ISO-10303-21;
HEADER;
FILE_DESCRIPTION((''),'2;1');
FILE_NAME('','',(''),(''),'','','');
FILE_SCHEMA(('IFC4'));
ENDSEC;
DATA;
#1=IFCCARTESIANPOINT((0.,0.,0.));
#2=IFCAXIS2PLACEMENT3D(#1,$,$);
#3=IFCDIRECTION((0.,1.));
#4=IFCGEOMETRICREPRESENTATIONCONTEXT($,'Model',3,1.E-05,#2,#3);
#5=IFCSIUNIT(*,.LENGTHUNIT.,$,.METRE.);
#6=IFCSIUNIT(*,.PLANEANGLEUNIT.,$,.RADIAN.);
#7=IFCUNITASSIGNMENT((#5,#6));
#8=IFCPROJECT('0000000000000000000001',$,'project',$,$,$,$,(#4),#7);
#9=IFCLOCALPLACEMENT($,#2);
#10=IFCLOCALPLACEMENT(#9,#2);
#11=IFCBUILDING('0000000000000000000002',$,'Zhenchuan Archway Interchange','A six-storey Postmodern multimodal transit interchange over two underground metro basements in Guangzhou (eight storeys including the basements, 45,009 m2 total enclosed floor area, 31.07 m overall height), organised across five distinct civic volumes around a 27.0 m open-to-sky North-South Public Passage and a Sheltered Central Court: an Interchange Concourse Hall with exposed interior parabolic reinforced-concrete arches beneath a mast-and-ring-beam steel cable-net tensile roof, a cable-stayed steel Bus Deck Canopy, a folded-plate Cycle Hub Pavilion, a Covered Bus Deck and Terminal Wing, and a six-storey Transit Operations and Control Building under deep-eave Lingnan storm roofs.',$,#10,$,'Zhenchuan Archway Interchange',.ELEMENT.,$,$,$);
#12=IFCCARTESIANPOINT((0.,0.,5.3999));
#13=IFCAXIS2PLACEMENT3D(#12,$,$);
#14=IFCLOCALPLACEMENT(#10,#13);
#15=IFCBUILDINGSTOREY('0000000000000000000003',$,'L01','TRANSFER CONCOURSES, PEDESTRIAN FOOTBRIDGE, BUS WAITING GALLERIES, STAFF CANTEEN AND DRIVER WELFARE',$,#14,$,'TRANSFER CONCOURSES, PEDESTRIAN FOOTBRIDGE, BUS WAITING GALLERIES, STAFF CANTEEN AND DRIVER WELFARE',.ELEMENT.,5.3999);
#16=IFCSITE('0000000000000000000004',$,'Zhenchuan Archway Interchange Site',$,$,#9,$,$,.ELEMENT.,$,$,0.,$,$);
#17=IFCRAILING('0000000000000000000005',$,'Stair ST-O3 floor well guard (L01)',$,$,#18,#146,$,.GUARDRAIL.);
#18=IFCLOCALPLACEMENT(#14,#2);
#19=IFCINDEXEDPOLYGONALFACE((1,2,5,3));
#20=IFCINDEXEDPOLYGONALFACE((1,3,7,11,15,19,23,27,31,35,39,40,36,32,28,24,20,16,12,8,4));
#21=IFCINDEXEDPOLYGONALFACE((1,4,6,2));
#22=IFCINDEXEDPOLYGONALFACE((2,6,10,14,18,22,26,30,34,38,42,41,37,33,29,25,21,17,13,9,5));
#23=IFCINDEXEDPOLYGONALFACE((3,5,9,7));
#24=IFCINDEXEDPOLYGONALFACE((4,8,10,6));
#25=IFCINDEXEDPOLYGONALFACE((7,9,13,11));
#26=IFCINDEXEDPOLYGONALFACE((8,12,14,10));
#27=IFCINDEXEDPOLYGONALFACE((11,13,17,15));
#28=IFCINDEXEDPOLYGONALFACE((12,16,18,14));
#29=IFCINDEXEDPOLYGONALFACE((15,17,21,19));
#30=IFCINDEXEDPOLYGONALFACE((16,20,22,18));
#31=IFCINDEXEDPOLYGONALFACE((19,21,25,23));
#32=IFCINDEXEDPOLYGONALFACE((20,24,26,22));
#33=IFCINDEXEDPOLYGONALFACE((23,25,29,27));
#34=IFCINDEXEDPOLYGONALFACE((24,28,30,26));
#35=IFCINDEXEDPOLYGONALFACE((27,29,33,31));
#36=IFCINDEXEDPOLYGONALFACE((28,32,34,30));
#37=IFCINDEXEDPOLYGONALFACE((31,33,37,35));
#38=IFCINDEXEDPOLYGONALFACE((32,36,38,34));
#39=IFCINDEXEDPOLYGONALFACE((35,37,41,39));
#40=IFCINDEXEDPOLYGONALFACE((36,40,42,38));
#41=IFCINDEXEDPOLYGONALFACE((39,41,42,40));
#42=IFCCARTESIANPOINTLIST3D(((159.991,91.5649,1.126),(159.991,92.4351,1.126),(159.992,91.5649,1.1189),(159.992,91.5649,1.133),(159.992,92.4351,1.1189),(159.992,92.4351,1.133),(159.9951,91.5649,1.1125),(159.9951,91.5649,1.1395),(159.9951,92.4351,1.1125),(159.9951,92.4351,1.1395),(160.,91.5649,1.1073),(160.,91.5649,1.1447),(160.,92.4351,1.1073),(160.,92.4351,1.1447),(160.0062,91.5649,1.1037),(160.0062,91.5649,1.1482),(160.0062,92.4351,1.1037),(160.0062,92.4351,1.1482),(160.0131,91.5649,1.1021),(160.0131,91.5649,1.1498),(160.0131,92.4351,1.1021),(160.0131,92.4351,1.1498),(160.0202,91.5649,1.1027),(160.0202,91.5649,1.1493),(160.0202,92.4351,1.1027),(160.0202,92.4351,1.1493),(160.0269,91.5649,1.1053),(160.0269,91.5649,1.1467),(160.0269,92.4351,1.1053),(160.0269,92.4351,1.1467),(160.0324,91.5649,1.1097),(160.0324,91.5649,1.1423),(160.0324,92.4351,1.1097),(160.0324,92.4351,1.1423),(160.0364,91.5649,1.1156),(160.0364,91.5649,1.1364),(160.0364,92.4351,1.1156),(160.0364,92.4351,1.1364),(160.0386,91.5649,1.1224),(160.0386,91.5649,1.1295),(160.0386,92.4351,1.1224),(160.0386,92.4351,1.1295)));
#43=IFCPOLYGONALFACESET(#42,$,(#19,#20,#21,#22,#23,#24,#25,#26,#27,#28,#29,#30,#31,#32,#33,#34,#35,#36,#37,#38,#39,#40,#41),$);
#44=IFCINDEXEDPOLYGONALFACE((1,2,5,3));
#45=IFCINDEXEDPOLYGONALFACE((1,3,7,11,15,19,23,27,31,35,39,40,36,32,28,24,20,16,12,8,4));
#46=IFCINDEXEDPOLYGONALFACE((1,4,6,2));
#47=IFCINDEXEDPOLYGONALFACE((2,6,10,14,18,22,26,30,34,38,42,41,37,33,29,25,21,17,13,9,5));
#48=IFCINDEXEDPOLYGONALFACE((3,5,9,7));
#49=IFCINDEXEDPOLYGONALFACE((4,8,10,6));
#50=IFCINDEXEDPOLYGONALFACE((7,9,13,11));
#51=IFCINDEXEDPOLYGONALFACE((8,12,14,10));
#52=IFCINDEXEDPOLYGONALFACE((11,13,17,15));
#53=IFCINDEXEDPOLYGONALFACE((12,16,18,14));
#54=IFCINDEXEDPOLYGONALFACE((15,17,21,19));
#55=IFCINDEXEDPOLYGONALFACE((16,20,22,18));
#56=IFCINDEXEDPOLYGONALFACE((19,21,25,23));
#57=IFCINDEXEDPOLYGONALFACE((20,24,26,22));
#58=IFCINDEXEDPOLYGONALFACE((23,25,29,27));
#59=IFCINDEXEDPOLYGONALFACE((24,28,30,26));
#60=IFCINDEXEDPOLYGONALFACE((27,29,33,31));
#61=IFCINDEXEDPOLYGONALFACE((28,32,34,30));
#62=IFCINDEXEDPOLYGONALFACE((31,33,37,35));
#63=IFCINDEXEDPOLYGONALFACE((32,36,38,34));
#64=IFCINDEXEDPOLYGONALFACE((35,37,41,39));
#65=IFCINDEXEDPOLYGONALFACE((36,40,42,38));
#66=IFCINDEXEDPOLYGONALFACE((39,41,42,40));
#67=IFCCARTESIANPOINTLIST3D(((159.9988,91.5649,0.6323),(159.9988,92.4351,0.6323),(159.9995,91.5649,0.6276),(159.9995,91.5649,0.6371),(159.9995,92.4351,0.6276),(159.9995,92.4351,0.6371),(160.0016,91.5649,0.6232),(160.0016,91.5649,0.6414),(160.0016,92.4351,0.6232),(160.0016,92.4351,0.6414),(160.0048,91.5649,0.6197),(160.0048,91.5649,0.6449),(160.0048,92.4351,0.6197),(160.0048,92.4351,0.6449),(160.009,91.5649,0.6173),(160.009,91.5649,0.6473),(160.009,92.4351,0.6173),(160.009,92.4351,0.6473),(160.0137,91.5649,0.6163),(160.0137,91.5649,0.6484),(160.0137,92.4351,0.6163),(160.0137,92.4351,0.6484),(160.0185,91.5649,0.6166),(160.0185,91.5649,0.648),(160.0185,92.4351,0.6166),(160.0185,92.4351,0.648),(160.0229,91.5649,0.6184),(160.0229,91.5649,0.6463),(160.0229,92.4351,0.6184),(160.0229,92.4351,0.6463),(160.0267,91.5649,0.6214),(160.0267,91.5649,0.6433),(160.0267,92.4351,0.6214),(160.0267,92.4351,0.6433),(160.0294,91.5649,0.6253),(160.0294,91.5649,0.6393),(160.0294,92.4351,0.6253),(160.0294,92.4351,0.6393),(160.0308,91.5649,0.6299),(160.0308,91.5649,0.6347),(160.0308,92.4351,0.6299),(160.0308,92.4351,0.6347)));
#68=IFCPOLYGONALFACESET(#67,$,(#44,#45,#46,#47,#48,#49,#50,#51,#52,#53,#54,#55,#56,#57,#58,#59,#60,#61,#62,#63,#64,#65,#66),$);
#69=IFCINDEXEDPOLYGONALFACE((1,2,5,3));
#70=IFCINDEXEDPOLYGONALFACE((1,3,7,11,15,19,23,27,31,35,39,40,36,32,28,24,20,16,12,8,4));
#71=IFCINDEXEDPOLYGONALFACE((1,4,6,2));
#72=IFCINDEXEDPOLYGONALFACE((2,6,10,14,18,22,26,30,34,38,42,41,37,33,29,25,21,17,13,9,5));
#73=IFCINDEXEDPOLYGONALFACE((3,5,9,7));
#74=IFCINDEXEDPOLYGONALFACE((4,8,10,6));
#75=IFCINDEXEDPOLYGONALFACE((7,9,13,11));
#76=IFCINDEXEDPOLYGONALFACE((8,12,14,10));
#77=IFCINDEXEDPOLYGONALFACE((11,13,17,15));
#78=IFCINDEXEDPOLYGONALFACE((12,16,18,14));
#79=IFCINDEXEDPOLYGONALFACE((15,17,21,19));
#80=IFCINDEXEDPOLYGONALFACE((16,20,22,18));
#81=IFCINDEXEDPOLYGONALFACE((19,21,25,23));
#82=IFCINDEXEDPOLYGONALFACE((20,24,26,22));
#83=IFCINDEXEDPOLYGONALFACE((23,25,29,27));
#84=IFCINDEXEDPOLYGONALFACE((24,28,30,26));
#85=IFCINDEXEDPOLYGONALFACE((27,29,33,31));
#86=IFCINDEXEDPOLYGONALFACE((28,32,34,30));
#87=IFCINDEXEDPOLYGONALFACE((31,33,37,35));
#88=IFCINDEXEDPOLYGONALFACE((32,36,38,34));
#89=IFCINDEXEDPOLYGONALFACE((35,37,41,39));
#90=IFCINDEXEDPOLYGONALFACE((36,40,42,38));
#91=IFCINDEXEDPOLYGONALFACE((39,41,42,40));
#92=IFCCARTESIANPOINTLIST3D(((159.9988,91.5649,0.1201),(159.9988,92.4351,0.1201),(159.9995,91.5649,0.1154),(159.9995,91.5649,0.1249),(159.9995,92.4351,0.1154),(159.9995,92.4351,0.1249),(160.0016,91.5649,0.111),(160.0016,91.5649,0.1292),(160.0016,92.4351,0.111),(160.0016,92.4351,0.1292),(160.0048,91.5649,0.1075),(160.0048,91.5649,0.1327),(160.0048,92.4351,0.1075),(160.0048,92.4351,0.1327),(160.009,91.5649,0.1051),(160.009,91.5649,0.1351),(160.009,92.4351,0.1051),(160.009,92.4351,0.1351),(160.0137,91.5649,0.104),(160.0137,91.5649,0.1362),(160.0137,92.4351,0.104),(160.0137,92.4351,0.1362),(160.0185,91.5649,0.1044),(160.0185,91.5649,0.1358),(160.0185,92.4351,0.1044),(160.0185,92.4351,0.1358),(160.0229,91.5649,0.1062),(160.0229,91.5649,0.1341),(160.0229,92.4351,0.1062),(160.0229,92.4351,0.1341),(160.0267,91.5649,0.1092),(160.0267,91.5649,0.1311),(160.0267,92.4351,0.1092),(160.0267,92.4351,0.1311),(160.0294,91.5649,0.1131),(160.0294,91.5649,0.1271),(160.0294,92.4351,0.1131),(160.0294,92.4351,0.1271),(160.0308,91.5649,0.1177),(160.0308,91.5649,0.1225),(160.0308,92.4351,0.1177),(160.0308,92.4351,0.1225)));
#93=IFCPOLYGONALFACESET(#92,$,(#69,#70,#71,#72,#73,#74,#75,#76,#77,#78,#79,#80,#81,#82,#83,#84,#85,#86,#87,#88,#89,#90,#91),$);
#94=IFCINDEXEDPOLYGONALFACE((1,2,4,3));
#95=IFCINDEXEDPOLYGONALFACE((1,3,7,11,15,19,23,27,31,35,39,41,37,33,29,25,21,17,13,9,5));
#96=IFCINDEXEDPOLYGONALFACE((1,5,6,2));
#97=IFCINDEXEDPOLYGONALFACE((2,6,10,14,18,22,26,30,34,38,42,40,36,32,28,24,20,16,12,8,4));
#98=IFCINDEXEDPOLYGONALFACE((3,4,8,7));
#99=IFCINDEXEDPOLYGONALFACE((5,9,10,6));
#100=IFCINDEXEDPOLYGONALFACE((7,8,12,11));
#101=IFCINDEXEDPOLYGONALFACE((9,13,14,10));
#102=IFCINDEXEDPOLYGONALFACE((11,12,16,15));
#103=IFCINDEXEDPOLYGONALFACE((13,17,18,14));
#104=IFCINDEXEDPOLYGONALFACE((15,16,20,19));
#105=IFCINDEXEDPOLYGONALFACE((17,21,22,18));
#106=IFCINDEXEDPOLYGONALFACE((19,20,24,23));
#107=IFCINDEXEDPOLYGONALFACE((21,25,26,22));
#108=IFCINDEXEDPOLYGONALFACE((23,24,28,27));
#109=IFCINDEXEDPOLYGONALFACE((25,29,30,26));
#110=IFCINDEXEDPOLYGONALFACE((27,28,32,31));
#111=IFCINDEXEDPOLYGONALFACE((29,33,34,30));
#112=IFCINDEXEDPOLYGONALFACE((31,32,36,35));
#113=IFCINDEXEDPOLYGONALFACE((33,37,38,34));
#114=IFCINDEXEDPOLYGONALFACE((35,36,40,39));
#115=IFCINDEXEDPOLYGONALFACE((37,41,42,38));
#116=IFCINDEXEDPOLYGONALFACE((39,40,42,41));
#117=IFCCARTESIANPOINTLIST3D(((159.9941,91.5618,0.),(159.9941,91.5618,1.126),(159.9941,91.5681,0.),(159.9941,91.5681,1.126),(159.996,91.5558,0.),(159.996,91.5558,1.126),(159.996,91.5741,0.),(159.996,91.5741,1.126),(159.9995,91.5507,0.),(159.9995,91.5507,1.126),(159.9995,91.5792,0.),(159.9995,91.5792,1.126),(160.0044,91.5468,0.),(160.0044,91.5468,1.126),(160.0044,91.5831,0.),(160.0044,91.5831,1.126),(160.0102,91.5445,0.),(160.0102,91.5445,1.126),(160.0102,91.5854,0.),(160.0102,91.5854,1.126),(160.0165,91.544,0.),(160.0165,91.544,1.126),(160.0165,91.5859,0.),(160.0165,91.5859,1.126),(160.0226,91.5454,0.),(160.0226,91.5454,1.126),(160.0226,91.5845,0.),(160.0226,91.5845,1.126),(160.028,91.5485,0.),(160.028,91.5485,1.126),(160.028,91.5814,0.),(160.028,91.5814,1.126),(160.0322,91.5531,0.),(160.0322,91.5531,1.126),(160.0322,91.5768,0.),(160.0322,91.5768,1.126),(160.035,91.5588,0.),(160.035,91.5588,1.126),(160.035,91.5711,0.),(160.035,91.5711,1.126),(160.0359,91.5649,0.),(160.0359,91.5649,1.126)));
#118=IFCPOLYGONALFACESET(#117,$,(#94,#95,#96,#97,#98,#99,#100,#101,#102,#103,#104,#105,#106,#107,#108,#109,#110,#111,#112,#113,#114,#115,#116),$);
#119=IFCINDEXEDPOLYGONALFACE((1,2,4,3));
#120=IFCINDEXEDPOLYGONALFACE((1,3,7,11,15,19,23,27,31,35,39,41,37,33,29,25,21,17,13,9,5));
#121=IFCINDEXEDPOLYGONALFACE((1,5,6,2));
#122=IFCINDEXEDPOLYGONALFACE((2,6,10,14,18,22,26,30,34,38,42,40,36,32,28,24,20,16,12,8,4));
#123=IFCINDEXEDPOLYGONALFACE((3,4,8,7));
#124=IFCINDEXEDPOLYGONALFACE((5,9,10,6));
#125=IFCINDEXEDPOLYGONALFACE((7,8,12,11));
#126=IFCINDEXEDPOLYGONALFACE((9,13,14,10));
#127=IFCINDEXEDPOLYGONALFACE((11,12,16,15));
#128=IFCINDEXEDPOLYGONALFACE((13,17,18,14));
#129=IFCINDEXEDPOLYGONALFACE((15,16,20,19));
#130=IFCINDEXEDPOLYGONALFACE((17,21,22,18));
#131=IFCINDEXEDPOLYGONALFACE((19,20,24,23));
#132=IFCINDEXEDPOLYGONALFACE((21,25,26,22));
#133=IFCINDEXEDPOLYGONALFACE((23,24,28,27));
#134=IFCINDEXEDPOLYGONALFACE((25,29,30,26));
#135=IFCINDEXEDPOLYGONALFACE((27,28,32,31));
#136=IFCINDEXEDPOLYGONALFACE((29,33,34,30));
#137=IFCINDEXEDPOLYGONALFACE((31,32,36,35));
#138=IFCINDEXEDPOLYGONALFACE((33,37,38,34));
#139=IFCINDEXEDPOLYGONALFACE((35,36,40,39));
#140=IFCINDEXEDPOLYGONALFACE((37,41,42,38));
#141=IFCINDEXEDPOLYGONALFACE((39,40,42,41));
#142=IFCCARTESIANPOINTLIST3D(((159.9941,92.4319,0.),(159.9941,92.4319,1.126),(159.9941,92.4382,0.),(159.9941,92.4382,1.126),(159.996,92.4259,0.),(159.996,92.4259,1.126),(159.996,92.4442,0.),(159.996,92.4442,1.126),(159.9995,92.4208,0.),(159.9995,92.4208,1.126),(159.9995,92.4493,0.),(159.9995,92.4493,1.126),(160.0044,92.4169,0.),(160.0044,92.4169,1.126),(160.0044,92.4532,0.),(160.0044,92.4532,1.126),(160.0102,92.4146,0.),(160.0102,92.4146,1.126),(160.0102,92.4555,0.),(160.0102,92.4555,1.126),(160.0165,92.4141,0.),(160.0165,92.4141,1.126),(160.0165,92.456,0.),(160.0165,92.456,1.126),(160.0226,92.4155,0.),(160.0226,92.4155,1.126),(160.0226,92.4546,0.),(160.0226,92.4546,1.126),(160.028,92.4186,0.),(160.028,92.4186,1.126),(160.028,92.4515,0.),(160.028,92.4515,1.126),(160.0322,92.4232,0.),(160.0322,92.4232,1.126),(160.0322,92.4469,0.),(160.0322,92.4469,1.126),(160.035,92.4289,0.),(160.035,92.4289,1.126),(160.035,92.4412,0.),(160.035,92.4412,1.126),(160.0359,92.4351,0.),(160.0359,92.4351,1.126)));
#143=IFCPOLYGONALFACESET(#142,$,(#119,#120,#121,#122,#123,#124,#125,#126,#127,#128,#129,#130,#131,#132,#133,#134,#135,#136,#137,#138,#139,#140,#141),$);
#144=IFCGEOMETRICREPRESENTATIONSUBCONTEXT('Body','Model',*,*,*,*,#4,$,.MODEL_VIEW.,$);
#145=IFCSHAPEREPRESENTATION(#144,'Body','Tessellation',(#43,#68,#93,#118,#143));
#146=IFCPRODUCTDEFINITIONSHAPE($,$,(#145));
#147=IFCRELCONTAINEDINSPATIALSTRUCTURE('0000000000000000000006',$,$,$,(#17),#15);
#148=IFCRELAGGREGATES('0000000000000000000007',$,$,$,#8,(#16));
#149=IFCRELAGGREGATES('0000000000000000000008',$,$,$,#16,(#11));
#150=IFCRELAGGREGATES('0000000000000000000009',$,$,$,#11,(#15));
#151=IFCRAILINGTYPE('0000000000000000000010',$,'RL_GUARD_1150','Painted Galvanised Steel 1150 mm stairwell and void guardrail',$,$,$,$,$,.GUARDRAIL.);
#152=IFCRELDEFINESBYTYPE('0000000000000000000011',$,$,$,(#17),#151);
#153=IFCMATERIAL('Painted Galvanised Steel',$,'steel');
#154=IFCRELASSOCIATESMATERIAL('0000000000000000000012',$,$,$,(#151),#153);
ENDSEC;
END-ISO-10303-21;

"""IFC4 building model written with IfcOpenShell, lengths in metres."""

from ifc_helpers import new_model, si_unit, direction, frame, origin, origin_2d, place, context, subcontext, project, spatial, circle, extrude, material, type_object, element, save


model = new_model("IFC4")

# Units and contexts
model_context = context("Model", 3, precision=1e-05, world=origin(), true_north=direction((0.0, 1.0)))
body_context = subcontext(model_context, "Body", "Model", "MODEL_VIEW")
ifc_project = project(units=[si_unit("LENGTHUNIT", "METRE"), si_unit("PLANEANGLEUNIT", "RADIAN")], contexts=[model_context])

# Site, building, storey
site_placement = place(None, origin())
site = spatial("IfcSite", under=ifc_project, at=site_placement, Name="Zhenchuan Archway Interchange Site", CompositionType="ELEMENT", RefElevation=0.0)
building_placement = place(site_placement, origin())
building = spatial("IfcBuilding", under=site, at=building_placement, Name="Zhenchuan Archway Interchange", Description="A six-storey Postmodern multimodal transit interchange over two underground metro basements in Guangzhou (eight storeys including the basements, 45,009 m2 total enclosed floor area, 31.07 m overall height), organised across five distinct civic volumes around a 27.0 m open-to-sky North-South Public Passage and a Sheltered Central Court: an Interchange Concourse Hall with exposed interior parabolic reinforced-concrete arches beneath a mast-and-ring-beam steel cable-net tensile roof, a cable-stayed steel Bus Deck Canopy, a folded-plate Cycle Hub Pavilion, a Covered Bus Deck and Terminal Wing, and a six-storey Transit Operations and Control Building under deep-eave Lingnan storm roofs.", LongName="Zhenchuan Archway Interchange", CompositionType="ELEMENT")
storey_placement = place(building_placement, frame((0.0, 0.0, 5.3999)))
storey = spatial("IfcBuildingStorey", under=building, at=storey_placement, Name="L01", Description="TRANSFER CONCOURSES, PEDESTRIAN FOOTBRIDGE, BUS WAITING GALLERIES, STAFF CANTEEN AND DRIVER WELFARE", LongName="TRANSFER CONCOURSES, PEDESTRIAN FOOTBRIDGE, BUS WAITING GALLERIES, STAFF CANTEEN AND DRIVER WELFARE", CompositionType="ELEMENT", Elevation=5.3999)

# Shared definitions
ifc_material_1 = material(Name="Painted Galvanised Steel", Category="steel")

# Railing
railing_type_1 = type_object("IfcRailingType", Name="RL_GUARD_1150", Description="Painted Galvanised Steel 1150 mm stairwell and void guardrail", PredefinedType="GUARDRAIL", material=ifc_material_1)
for number, where, name in (
    (1, (160.0149, 91.5649, 0.0), "Stair ST-O3 floor well guard (L01)"),
):
    element("IfcRailing", number, at=place(storey_placement, frame(where)), inside=storey, type_object=railing_type_1, Name=name, PredefinedType="GUARDRAIL", context=body_context, shape_type="SweptSolid", body=[
        extrude(circle(Radius=0.0239, at=origin_2d()), frame((0.0, 0.0, 1.126), z_axis=(0.0, 1.0, 0.0), x_axis=(-1.0, 0.0, 0.0)), (0.0, 0.0, 1.0), 0.8701),
        extrude(circle(Radius=0.0161, at=origin_2d()), frame((0.0, 0.0, 0.6323), z_axis=(0.0, 1.0, 0.0), x_axis=(-1.0, 0.0, 0.0)), (0.0, 0.0, 1.0), 0.8701),
        extrude(circle(Radius=0.0161, at=origin_2d()), frame((0.0, 0.0, 0.1201), z_axis=(0.0, 1.0, 0.0), x_axis=(-1.0, 0.0, 0.0)), (0.0, 0.0, 1.0), 0.8701),
        extrude(circle(Radius=0.021, at=origin_2d()), origin(), (0.0, 0.0, 1.0), 1.126),
        extrude(circle(Radius=0.021, at=origin_2d()), frame((0.0, 0.8701, 0.0)), (0.0, 0.0, 1.0), 1.126),
    ])

save(model, "model.ifc")
